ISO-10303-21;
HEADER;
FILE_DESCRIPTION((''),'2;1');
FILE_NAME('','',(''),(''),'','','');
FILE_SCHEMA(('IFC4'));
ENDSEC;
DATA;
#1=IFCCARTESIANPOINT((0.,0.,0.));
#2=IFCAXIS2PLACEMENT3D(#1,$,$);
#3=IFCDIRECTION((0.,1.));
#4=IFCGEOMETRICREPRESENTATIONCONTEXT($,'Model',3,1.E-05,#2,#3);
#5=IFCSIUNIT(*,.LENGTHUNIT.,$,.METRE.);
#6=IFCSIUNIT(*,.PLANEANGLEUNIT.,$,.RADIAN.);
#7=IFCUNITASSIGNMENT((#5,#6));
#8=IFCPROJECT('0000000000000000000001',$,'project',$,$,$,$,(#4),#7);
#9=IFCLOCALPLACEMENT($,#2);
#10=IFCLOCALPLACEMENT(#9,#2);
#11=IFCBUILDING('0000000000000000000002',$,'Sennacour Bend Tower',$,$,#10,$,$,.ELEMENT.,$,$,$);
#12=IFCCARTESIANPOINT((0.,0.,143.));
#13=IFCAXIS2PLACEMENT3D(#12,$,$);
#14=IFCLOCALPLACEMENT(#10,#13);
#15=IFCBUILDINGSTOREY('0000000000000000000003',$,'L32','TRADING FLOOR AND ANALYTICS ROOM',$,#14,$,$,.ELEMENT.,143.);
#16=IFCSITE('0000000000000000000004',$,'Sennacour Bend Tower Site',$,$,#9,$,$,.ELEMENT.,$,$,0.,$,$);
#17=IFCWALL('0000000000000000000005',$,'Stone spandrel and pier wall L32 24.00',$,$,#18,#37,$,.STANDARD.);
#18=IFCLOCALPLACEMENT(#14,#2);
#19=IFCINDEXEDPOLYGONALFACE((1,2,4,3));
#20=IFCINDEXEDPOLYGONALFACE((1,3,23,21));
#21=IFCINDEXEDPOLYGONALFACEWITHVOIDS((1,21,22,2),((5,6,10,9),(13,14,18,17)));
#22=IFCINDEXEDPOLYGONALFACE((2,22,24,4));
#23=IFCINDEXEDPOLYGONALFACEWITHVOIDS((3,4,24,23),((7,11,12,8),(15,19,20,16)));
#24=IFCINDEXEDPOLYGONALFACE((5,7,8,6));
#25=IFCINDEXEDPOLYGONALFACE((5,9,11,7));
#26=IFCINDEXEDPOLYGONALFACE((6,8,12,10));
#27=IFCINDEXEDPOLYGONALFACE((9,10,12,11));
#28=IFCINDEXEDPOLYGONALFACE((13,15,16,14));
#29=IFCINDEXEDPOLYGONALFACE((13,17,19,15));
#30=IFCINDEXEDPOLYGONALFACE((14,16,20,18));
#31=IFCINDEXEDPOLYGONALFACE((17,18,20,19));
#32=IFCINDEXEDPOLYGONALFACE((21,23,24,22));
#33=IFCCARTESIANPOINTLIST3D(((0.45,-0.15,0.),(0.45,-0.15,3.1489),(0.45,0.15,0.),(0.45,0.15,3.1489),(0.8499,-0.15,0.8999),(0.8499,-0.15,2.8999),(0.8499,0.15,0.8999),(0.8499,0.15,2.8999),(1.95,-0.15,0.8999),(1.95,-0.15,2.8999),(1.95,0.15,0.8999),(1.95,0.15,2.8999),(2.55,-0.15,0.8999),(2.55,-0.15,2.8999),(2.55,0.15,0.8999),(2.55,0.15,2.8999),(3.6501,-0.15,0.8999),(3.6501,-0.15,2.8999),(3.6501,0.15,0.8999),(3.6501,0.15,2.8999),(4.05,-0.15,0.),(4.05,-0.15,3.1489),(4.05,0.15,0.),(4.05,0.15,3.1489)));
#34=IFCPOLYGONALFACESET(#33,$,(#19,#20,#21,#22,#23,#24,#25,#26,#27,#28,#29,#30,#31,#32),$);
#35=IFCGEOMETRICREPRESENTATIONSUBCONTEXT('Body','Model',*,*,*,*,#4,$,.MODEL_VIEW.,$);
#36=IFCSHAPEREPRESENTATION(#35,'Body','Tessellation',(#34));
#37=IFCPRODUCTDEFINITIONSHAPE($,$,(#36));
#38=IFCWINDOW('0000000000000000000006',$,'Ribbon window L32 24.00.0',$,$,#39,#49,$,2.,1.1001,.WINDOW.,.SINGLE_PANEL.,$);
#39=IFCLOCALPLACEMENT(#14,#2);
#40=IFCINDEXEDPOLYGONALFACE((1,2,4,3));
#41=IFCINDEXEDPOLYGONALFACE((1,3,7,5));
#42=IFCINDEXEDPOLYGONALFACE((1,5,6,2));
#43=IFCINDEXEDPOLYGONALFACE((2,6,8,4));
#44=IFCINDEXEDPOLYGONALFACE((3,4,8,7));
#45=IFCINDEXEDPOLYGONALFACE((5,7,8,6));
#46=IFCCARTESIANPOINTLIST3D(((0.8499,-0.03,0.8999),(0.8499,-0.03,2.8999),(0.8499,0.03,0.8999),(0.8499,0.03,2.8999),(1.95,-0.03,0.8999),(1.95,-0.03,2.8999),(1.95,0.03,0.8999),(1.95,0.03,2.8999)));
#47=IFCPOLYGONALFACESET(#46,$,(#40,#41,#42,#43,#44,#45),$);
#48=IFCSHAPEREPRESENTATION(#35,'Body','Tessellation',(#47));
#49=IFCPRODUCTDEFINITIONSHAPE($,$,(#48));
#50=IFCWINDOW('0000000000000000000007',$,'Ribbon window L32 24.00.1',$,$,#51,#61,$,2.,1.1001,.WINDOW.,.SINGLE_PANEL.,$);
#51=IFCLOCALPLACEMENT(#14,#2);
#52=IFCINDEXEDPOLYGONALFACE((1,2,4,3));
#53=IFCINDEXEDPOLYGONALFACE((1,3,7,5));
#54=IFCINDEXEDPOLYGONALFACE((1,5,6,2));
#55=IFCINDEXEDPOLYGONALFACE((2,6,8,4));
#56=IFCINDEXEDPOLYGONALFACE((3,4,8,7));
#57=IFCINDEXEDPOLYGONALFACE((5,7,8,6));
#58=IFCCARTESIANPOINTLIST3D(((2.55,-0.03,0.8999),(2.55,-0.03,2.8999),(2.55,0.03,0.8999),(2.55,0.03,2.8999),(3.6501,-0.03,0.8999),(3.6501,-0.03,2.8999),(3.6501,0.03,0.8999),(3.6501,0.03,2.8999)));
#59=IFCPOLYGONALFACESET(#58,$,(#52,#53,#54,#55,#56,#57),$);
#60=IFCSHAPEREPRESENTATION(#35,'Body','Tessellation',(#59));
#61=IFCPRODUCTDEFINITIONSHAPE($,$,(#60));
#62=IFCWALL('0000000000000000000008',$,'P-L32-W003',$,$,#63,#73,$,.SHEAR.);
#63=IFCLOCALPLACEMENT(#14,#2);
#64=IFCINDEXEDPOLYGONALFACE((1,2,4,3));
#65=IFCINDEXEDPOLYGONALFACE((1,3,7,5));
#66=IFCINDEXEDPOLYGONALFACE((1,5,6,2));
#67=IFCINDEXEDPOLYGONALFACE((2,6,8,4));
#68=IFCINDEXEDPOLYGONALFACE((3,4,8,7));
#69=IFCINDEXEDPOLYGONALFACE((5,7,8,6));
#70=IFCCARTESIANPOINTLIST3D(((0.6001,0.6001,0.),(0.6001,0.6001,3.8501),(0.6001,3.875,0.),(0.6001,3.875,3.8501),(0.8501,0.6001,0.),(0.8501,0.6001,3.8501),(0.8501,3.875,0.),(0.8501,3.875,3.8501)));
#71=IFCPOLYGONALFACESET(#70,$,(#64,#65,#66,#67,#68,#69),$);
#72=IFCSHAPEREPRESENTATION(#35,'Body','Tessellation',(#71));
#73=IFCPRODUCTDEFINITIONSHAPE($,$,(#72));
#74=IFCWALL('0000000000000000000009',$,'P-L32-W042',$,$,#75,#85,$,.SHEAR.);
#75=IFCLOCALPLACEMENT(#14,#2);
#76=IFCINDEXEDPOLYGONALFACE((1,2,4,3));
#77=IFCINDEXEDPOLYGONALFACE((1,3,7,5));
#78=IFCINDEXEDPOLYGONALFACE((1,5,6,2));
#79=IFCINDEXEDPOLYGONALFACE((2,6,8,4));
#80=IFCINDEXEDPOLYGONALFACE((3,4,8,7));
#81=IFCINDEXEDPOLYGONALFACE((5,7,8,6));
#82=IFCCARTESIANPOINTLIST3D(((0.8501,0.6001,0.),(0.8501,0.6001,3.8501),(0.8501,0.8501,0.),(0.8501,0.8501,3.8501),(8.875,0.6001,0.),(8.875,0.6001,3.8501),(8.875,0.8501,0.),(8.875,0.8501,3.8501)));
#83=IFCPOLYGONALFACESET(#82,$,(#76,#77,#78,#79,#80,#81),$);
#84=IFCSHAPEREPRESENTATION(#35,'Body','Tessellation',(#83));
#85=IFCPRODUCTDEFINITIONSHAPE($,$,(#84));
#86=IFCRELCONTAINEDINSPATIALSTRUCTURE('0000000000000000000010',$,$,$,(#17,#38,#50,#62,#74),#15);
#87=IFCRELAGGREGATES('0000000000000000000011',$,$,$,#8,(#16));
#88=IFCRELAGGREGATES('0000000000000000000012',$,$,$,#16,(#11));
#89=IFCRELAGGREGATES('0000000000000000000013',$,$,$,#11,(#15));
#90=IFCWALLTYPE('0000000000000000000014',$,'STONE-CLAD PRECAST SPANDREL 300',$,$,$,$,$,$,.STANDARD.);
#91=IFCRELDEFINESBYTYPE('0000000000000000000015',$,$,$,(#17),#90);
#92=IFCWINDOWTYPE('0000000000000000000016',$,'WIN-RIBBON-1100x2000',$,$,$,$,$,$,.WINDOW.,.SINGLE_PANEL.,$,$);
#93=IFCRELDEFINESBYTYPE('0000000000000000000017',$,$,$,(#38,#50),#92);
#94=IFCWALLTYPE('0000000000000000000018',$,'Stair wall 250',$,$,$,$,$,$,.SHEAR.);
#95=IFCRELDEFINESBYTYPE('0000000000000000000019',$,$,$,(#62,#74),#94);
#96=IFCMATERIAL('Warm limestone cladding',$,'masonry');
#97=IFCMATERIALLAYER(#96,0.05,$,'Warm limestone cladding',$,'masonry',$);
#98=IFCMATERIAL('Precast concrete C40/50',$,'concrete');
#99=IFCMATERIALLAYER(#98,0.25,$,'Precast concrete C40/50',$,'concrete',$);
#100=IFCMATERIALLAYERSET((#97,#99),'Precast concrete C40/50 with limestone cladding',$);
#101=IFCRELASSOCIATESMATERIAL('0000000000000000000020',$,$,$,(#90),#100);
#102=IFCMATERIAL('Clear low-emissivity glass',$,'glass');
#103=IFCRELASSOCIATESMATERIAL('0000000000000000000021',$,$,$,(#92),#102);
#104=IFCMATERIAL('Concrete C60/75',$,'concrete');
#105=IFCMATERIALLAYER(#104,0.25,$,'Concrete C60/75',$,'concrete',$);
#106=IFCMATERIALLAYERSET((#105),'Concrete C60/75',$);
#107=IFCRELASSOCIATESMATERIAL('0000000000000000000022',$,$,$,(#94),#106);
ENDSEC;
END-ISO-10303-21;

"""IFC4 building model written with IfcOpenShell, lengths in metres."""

from ifc_helpers import new_model, si_unit, direction, frame, frame_2d, origin, place, context, subcontext, project, spatial, rectangle, extrude, material, layer, layer_set, type_object, element, fill, save


model = new_model("IFC4")

# Units and contexts
model_context = context("Model", 3, precision=1e-05, world=origin(), true_north=direction((0.0, 1.0)))
body_context = subcontext(model_context, "Body", "Model", "MODEL_VIEW")
ifc_project = project(units=[si_unit("LENGTHUNIT", "METRE"), si_unit("PLANEANGLEUNIT", "RADIAN")], contexts=[model_context])

# Site, building, storey
site_placement = place(None, origin())
site = spatial("IfcSite", under=ifc_project, at=site_placement, Name="Sennacour Bend Tower Site", CompositionType="ELEMENT", RefElevation=0.0)
building_placement = place(site_placement, origin())
building = spatial("IfcBuilding", under=site, at=building_placement, Name="Sennacour Bend Tower", CompositionType="ELEMENT")
storey_placement = place(building_placement, frame((0.0, 0.0, 143.0)))
storey = spatial("IfcBuildingStorey", under=building, at=storey_placement, Name="L32", Description="TRADING FLOOR AND ANALYTICS ROOM", CompositionType="ELEMENT", Elevation=143.0)

# Wall, openings, windows
ifc_material_1 = material(Name="Warm limestone cladding", Category="masonry")
ifc_layer_1 = layer(ifc_material_1, 0.05, Name="Warm limestone cladding", Category="masonry")
ifc_material_2 = material(Name="Precast concrete C40/50", Category="concrete")
ifc_layer_2 = layer(ifc_material_2, 0.25, Name="Precast concrete C40/50", Category="concrete")
ifc_layer_set_1 = layer_set([ifc_layer_1, ifc_layer_2], Name="Precast concrete C40/50 with limestone cladding")
wall_type_1 = type_object("IfcWallType", Name="STONE-CLAD PRECAST SPANDREL 300", PredefinedType="STANDARD", material=ifc_layer_set_1)
ifc_material_3 = material(Name="Clear low-emissivity glass", Category="glass")
window_type = type_object("IfcWindowType", Name="WIN-RIBBON-1100x2000", PartitioningType="SINGLE_PANEL", PredefinedType="WINDOW", material=ifc_material_3)
wall_1_placement = place(storey_placement, frame((0.45, 0.0, 0.0), z_axis=(0.0, 0.0, 1.0), x_axis=(1.0, 0.0, 0.0)))
wall_1 = element("IfcWall", 1, at=wall_1_placement, inside=storey, type_object=wall_type_1, Name="Stone spandrel and pier wall L32 24.00", PredefinedType="STANDARD", context=body_context, shape_type="SweptSolid", body=[
    extrude(rectangle(XDim=3.6001, YDim=0.3, at=frame_2d((1.8, 0.0))), origin(), (0.0, 0.0, 1.0), 3.1489),
])
opening_1_placement = place(wall_1_placement, frame((0.3999, 0.0, 0.8999)))
opening_1 = element("IfcOpeningElement", 2, at=opening_1_placement, cuts=wall_1, PredefinedType="OPENING", context=body_context, shape_type="SweptSolid", body=[
    extrude(rectangle(XDim=1.1001, YDim=2.0, at=frame_2d((0.55, 1.0))), frame((0.0, 0.1602, 0.0), z_axis=(0.0, -1.0, 0.0), x_axis=(1.0, 0.0, 0.0)), (0.0, 0.0, 1.0), 0.3201),
])
opening_2_placement = place(wall_1_placement, frame((2.1001, 0.0, 0.8999)))
opening_2 = element("IfcOpeningElement", 3, at=opening_2_placement, cuts=wall_1, PredefinedType="OPENING", context=body_context, shape_type="SweptSolid", body=[
    extrude(rectangle(XDim=1.1001, YDim=2.0, at=frame_2d((0.55, 1.0))), frame((0.0, 0.1602, 0.0), z_axis=(0.0, -1.0, 0.0), x_axis=(1.0, 0.0, 0.0)), (0.0, 0.0, 1.0), 0.3201),
])
window_1_placement = place(opening_1_placement, origin())
window_1 = element("IfcWindow", 4, at=window_1_placement, inside=storey, type_object=window_type, Name="Ribbon window L32 24.00.0", OverallHeight=2.0, OverallWidth=1.1001, PartitioningType="SINGLE_PANEL", PredefinedType="WINDOW", context=body_context, shape_type="SweptSolid", body=[
    extrude(rectangle(XDim=1.1001, YDim=2.0, at=frame_2d((0.55, 1.0))), frame((0.0, 0.03, 0.0), z_axis=(0.0, -1.0, 0.0), x_axis=(1.0, 0.0, 0.0)), (0.0, 0.0, 1.0), 0.0601),
])
fill(opening_1, window_1)
window_2_placement = place(opening_2_placement, origin())
window_2 = element("IfcWindow", 5, at=window_2_placement, inside=storey, type_object=window_type, Name="Ribbon window L32 24.00.1", OverallHeight=2.0, OverallWidth=1.1001, PartitioningType="SINGLE_PANEL", PredefinedType="WINDOW", context=body_context, shape_type="SweptSolid", body=[
    extrude(rectangle(XDim=1.1001, YDim=2.0, at=frame_2d((0.55, 1.0))), frame((0.0, 0.03, 0.0), z_axis=(0.0, -1.0, 0.0), x_axis=(1.0, 0.0, 0.0)), (0.0, 0.0, 1.0), 0.0601),
])
fill(opening_2, window_2)

# Walls
ifc_material_4 = material(Name="Concrete C60/75", Category="concrete")
ifc_layer_3 = layer(ifc_material_4, 0.25, Name="Concrete C60/75", Category="concrete")
ifc_layer_set_2 = layer_set([ifc_layer_3], Name="Concrete C60/75")
wall_type_2 = type_object("IfcWallType", Name="Stair wall 250", PredefinedType="SHEAR", material=ifc_layer_set_2)
wall_2_placement = place(storey_placement, frame((0.7251, 0.6001, 0.0), z_axis=(0.0, 0.0, 1.0), x_axis=(0.0, 1.0, 0.0)))
element("IfcWall", 6, at=wall_2_placement, inside=storey, type_object=wall_type_2, Name="P-L32-W003", PredefinedType="SHEAR", context=body_context, shape_type="SweptSolid", body=[
    extrude(rectangle(XDim=3.2749, YDim=0.25, at=frame_2d((1.6375, 0.0))), origin(), (0.0, 0.0, 1.0), 3.8501),
])
wall_3_placement = place(storey_placement, frame((0.8501, 0.7251, 0.0), z_axis=(0.0, 0.0, 1.0), x_axis=(1.0, 0.0, 0.0)))
element("IfcWall", 7, at=wall_3_placement, inside=storey, type_object=wall_type_2, Name="P-L32-W042", PredefinedType="SHEAR", context=body_context, shape_type="SweptSolid", body=[
    extrude(rectangle(XDim=8.0249, YDim=0.25, at=frame_2d((4.0125, 0.0))), origin(), (0.0, 0.0, 1.0), 3.8501),
])

save(model, "model.ifc")
